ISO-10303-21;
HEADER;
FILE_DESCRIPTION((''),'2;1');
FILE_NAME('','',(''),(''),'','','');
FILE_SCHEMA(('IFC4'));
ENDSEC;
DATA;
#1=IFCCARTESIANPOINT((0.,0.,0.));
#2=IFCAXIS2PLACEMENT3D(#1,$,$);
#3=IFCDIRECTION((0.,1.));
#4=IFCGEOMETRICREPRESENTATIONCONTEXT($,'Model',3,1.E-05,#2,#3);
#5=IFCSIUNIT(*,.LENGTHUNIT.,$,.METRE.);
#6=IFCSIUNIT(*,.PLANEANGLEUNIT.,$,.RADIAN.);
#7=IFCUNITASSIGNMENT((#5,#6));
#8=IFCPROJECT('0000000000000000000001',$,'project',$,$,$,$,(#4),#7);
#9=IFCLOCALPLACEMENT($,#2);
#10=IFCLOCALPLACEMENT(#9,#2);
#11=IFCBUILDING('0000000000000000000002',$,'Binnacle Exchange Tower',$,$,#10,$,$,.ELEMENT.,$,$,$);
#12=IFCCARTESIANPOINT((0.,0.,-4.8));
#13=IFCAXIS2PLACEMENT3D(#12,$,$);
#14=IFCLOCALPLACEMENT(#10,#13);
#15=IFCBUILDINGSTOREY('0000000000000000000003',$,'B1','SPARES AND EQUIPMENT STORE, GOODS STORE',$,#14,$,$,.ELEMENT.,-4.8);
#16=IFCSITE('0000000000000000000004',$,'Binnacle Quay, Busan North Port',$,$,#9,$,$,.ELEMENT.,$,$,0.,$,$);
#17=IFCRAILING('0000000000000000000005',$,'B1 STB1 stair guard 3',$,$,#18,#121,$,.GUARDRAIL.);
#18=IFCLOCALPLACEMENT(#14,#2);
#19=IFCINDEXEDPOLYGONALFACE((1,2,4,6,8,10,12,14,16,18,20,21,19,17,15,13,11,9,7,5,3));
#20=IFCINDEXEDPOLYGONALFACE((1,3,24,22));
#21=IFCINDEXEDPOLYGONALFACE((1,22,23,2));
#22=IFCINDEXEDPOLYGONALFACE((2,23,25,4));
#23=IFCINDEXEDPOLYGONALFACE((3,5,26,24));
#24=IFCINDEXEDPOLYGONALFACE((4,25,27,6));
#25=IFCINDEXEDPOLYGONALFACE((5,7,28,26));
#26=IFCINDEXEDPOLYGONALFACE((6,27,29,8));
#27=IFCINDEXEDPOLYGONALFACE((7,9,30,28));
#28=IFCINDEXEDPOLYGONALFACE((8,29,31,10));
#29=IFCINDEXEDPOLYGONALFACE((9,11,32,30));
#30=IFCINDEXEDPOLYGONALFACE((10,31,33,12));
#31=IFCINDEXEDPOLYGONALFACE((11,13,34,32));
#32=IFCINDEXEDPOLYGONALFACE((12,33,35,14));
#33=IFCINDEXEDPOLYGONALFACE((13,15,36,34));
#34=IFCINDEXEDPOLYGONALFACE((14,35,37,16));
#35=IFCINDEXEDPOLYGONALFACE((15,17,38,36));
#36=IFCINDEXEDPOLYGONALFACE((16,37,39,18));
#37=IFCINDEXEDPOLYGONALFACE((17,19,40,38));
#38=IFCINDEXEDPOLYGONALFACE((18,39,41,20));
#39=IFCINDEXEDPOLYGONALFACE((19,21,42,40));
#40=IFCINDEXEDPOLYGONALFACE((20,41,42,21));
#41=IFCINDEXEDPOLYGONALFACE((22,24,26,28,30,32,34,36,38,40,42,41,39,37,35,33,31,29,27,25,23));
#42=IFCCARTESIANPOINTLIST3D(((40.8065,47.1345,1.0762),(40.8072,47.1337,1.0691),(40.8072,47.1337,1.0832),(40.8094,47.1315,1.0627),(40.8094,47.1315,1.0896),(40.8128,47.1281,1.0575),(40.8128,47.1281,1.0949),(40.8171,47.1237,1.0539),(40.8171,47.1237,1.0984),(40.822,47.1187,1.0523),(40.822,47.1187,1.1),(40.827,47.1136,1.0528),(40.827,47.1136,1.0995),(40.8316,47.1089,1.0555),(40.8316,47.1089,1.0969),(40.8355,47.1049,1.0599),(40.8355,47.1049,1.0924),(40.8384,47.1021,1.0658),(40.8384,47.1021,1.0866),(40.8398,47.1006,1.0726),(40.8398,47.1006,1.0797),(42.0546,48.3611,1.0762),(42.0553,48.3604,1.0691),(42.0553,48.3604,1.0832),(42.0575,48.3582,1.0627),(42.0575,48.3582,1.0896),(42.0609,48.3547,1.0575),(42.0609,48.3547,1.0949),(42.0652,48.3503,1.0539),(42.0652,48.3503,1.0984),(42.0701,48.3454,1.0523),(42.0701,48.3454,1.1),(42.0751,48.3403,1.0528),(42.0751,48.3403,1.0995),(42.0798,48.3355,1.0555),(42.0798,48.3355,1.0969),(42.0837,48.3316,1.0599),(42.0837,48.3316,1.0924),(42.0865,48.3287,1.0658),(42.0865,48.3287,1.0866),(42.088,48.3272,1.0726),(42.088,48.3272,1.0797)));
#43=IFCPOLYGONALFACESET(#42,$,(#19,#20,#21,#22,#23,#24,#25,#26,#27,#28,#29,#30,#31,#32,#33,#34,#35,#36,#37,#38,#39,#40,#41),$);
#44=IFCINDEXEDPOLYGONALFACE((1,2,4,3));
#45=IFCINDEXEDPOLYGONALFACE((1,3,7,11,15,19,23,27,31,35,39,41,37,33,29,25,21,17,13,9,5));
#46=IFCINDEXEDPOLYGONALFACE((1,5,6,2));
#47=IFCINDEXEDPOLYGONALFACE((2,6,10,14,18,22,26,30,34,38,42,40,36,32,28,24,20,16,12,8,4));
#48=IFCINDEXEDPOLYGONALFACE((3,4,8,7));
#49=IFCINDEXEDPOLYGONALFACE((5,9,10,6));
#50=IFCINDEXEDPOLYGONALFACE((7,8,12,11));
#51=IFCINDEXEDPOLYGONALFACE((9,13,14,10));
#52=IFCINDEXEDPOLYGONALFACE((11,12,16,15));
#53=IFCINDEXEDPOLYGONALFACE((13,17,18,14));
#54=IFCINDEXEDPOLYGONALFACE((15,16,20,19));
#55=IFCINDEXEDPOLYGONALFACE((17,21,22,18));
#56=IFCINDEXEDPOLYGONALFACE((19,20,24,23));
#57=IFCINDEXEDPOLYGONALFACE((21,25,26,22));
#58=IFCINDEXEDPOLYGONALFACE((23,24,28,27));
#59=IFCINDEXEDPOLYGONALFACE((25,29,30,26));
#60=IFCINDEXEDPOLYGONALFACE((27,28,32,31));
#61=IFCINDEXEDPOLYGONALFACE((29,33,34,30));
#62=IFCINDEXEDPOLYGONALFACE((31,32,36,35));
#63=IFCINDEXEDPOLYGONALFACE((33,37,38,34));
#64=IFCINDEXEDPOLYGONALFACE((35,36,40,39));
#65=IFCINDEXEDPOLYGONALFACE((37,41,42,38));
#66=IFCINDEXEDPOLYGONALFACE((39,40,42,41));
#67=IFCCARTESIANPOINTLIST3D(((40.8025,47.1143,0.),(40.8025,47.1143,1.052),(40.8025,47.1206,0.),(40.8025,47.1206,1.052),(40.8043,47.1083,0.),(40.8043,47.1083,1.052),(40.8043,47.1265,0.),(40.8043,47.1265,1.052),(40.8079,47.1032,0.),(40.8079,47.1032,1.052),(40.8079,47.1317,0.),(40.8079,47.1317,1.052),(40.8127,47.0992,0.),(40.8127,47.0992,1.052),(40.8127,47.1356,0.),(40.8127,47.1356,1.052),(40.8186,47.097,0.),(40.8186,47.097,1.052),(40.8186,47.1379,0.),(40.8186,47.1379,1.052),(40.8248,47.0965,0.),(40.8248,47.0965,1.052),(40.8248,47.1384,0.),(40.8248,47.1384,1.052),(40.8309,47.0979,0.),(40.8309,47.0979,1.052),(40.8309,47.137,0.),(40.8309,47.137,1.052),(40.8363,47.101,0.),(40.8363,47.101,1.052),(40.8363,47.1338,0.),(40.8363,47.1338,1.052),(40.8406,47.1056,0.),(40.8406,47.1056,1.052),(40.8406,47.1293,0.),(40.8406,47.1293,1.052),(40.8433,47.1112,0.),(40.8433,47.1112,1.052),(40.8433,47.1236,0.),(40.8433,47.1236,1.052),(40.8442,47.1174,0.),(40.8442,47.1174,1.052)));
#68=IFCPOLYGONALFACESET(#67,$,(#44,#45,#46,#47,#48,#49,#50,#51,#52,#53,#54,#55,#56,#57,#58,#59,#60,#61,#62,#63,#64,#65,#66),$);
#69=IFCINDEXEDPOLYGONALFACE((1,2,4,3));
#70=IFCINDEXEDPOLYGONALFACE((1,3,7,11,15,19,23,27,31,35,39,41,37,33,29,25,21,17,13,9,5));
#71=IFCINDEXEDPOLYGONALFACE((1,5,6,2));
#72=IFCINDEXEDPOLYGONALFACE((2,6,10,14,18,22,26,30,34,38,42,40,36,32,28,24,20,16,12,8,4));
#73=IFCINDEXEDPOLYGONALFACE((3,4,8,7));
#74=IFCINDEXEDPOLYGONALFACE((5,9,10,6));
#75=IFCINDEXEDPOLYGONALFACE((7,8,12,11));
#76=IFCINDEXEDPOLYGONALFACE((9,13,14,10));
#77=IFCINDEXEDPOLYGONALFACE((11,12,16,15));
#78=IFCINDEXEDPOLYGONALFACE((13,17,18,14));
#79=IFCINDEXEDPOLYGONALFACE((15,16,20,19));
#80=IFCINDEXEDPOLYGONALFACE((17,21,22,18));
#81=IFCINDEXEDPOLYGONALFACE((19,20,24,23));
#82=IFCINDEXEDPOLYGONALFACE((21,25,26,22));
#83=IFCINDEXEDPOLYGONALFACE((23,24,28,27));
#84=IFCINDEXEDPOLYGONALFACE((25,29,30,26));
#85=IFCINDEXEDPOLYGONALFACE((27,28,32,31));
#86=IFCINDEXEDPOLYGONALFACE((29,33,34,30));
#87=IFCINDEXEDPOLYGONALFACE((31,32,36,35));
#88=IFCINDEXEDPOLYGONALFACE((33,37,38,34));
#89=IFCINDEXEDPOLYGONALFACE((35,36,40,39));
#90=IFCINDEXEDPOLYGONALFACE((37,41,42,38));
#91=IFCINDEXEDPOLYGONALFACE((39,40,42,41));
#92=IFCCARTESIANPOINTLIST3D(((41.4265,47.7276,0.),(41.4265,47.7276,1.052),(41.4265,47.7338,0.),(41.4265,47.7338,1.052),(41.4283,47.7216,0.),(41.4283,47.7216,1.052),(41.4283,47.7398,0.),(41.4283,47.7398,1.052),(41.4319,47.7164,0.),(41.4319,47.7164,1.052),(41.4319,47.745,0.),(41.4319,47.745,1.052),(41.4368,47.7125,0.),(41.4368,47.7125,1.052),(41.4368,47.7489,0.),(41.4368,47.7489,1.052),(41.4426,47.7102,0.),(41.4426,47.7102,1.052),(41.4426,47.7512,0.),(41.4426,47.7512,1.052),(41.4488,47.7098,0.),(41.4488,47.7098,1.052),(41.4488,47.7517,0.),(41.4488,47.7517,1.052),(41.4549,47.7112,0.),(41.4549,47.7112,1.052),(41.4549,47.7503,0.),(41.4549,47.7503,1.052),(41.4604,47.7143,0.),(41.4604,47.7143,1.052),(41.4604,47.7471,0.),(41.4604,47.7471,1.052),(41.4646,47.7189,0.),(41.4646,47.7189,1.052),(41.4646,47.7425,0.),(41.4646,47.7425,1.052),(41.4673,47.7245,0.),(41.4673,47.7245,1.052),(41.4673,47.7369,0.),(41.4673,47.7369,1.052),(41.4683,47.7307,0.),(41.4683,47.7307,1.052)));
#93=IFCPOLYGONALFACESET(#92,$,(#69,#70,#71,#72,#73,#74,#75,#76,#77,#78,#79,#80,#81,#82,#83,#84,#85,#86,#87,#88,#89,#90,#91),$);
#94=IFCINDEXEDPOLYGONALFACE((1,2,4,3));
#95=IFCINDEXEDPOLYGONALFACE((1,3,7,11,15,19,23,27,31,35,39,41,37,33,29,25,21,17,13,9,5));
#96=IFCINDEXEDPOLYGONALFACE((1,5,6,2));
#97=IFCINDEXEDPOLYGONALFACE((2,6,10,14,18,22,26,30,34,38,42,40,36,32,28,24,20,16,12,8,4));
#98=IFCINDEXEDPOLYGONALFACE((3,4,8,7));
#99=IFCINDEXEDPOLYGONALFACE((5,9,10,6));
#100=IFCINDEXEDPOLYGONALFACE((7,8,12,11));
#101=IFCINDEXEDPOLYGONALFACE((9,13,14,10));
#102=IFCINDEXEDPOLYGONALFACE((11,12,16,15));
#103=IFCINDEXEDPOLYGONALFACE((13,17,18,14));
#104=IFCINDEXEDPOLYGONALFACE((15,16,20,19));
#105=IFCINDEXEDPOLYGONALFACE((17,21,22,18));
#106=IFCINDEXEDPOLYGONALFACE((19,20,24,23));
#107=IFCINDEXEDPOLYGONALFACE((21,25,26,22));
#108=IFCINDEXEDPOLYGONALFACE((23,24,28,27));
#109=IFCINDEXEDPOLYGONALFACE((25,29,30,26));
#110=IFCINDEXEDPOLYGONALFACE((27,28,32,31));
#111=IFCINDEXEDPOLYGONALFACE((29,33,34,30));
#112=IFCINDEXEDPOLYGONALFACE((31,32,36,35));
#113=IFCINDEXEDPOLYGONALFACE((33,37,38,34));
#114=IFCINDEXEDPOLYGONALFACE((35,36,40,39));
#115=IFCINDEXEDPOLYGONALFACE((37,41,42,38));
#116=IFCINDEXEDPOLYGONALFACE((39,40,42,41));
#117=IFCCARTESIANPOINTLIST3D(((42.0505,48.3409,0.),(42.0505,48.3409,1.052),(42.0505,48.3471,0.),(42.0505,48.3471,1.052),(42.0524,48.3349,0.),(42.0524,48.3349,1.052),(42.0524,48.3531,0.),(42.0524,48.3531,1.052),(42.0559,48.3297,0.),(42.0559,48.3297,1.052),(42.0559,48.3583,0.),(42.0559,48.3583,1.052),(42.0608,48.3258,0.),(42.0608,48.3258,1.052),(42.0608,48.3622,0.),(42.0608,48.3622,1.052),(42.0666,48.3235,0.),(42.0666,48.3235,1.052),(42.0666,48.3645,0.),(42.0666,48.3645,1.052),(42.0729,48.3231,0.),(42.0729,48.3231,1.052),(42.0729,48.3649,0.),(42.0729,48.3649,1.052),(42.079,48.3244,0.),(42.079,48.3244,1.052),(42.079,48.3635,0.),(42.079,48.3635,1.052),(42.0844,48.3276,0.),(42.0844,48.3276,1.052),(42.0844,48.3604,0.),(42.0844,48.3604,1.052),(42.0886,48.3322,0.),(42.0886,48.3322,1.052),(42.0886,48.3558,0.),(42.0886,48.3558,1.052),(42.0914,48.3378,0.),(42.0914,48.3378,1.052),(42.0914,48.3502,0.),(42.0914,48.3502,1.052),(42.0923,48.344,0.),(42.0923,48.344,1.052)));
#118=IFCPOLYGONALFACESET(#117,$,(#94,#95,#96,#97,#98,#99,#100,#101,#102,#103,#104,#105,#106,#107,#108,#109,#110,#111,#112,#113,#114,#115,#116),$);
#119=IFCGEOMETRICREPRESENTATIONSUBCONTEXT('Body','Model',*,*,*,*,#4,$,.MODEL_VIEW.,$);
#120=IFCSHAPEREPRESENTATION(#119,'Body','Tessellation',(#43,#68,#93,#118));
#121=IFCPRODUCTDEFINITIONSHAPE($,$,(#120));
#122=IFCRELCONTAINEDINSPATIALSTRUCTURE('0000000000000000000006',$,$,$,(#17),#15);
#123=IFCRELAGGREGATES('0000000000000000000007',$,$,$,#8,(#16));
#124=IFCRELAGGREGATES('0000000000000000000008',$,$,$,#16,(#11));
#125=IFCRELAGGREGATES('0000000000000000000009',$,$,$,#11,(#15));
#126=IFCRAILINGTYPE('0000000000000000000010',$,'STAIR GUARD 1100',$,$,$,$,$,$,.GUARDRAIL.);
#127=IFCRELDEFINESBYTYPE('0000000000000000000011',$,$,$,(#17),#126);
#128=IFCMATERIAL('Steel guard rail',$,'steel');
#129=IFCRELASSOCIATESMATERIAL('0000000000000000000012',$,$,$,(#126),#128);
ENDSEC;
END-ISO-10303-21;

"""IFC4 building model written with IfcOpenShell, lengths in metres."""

from ifc_helpers import new_model, si_unit, direction, frame, origin, origin_2d, place, context, subcontext, project, spatial, circle, extrude, material, type_object, element, save


model = new_model("IFC4")

# Units and contexts
model_context = context("Model", 3, precision=1e-05, world=origin(), true_north=direction((0.0, 1.0)))
body_context = subcontext(model_context, "Body", "Model", "MODEL_VIEW")
ifc_project = project(units=[si_unit("LENGTHUNIT", "METRE"), si_unit("PLANEANGLEUNIT", "RADIAN")], contexts=[model_context])

# Site, building, storey
site_placement = place(None, origin())
site = spatial("IfcSite", under=ifc_project, at=site_placement, Name="Binnacle Quay, Busan North Port", CompositionType="ELEMENT", RefElevation=0.0)
building_placement = place(site_placement, origin())
building = spatial("IfcBuilding", under=site, at=building_placement, Name="Binnacle Exchange Tower", CompositionType="ELEMENT")
storey_placement = place(building_placement, frame((0.0, 0.0, -4.8)))
storey = spatial("IfcBuildingStorey", under=building, at=storey_placement, Name="B1", Description="SPARES AND EQUIPMENT STORE, GOODS STORE", CompositionType="ELEMENT", Elevation=-4.8)

# Railing
ifc_material_1 = material(Name="Steel guard rail", Category="steel")
railing_type = type_object("IfcRailingType", Name="STAIR GUARD 1100", PredefinedType="GUARDRAIL", material=ifc_material_1)
railing_1_placement = place(storey_placement, frame((40.8232, 47.1174, 0.0)))
element("IfcRailing", 1, at=railing_1_placement, inside=storey, type_object=railing_type, Name="B1 STB1 stair guard 3", PredefinedType="GUARDRAIL", context=body_context, shape_type="SweptSolid", body=[
    extrude(circle(Radius=0.0239, at=origin_2d()), frame((0.0, 0.0, 1.0762), z_axis=(0.713219, 0.700941, 0.0), x_axis=(-0.700941, 0.713219, 0.0)), (0.0, 0.0, 1.0), 1.75),
    extrude(circle(Radius=0.021, at=origin_2d()), origin(), (0.0, 0.0, 1.0), 1.052),
    extrude(circle(Radius=0.021, at=origin_2d()), frame((0.624, 0.6133, 0.0)), (0.0, 0.0, 1.0), 1.052),
    extrude(circle(Radius=0.021, at=origin_2d()), frame((1.248, 1.2266, 0.0)), (0.0, 0.0, 1.0), 1.052),
])

save(model, "model.ifc")
